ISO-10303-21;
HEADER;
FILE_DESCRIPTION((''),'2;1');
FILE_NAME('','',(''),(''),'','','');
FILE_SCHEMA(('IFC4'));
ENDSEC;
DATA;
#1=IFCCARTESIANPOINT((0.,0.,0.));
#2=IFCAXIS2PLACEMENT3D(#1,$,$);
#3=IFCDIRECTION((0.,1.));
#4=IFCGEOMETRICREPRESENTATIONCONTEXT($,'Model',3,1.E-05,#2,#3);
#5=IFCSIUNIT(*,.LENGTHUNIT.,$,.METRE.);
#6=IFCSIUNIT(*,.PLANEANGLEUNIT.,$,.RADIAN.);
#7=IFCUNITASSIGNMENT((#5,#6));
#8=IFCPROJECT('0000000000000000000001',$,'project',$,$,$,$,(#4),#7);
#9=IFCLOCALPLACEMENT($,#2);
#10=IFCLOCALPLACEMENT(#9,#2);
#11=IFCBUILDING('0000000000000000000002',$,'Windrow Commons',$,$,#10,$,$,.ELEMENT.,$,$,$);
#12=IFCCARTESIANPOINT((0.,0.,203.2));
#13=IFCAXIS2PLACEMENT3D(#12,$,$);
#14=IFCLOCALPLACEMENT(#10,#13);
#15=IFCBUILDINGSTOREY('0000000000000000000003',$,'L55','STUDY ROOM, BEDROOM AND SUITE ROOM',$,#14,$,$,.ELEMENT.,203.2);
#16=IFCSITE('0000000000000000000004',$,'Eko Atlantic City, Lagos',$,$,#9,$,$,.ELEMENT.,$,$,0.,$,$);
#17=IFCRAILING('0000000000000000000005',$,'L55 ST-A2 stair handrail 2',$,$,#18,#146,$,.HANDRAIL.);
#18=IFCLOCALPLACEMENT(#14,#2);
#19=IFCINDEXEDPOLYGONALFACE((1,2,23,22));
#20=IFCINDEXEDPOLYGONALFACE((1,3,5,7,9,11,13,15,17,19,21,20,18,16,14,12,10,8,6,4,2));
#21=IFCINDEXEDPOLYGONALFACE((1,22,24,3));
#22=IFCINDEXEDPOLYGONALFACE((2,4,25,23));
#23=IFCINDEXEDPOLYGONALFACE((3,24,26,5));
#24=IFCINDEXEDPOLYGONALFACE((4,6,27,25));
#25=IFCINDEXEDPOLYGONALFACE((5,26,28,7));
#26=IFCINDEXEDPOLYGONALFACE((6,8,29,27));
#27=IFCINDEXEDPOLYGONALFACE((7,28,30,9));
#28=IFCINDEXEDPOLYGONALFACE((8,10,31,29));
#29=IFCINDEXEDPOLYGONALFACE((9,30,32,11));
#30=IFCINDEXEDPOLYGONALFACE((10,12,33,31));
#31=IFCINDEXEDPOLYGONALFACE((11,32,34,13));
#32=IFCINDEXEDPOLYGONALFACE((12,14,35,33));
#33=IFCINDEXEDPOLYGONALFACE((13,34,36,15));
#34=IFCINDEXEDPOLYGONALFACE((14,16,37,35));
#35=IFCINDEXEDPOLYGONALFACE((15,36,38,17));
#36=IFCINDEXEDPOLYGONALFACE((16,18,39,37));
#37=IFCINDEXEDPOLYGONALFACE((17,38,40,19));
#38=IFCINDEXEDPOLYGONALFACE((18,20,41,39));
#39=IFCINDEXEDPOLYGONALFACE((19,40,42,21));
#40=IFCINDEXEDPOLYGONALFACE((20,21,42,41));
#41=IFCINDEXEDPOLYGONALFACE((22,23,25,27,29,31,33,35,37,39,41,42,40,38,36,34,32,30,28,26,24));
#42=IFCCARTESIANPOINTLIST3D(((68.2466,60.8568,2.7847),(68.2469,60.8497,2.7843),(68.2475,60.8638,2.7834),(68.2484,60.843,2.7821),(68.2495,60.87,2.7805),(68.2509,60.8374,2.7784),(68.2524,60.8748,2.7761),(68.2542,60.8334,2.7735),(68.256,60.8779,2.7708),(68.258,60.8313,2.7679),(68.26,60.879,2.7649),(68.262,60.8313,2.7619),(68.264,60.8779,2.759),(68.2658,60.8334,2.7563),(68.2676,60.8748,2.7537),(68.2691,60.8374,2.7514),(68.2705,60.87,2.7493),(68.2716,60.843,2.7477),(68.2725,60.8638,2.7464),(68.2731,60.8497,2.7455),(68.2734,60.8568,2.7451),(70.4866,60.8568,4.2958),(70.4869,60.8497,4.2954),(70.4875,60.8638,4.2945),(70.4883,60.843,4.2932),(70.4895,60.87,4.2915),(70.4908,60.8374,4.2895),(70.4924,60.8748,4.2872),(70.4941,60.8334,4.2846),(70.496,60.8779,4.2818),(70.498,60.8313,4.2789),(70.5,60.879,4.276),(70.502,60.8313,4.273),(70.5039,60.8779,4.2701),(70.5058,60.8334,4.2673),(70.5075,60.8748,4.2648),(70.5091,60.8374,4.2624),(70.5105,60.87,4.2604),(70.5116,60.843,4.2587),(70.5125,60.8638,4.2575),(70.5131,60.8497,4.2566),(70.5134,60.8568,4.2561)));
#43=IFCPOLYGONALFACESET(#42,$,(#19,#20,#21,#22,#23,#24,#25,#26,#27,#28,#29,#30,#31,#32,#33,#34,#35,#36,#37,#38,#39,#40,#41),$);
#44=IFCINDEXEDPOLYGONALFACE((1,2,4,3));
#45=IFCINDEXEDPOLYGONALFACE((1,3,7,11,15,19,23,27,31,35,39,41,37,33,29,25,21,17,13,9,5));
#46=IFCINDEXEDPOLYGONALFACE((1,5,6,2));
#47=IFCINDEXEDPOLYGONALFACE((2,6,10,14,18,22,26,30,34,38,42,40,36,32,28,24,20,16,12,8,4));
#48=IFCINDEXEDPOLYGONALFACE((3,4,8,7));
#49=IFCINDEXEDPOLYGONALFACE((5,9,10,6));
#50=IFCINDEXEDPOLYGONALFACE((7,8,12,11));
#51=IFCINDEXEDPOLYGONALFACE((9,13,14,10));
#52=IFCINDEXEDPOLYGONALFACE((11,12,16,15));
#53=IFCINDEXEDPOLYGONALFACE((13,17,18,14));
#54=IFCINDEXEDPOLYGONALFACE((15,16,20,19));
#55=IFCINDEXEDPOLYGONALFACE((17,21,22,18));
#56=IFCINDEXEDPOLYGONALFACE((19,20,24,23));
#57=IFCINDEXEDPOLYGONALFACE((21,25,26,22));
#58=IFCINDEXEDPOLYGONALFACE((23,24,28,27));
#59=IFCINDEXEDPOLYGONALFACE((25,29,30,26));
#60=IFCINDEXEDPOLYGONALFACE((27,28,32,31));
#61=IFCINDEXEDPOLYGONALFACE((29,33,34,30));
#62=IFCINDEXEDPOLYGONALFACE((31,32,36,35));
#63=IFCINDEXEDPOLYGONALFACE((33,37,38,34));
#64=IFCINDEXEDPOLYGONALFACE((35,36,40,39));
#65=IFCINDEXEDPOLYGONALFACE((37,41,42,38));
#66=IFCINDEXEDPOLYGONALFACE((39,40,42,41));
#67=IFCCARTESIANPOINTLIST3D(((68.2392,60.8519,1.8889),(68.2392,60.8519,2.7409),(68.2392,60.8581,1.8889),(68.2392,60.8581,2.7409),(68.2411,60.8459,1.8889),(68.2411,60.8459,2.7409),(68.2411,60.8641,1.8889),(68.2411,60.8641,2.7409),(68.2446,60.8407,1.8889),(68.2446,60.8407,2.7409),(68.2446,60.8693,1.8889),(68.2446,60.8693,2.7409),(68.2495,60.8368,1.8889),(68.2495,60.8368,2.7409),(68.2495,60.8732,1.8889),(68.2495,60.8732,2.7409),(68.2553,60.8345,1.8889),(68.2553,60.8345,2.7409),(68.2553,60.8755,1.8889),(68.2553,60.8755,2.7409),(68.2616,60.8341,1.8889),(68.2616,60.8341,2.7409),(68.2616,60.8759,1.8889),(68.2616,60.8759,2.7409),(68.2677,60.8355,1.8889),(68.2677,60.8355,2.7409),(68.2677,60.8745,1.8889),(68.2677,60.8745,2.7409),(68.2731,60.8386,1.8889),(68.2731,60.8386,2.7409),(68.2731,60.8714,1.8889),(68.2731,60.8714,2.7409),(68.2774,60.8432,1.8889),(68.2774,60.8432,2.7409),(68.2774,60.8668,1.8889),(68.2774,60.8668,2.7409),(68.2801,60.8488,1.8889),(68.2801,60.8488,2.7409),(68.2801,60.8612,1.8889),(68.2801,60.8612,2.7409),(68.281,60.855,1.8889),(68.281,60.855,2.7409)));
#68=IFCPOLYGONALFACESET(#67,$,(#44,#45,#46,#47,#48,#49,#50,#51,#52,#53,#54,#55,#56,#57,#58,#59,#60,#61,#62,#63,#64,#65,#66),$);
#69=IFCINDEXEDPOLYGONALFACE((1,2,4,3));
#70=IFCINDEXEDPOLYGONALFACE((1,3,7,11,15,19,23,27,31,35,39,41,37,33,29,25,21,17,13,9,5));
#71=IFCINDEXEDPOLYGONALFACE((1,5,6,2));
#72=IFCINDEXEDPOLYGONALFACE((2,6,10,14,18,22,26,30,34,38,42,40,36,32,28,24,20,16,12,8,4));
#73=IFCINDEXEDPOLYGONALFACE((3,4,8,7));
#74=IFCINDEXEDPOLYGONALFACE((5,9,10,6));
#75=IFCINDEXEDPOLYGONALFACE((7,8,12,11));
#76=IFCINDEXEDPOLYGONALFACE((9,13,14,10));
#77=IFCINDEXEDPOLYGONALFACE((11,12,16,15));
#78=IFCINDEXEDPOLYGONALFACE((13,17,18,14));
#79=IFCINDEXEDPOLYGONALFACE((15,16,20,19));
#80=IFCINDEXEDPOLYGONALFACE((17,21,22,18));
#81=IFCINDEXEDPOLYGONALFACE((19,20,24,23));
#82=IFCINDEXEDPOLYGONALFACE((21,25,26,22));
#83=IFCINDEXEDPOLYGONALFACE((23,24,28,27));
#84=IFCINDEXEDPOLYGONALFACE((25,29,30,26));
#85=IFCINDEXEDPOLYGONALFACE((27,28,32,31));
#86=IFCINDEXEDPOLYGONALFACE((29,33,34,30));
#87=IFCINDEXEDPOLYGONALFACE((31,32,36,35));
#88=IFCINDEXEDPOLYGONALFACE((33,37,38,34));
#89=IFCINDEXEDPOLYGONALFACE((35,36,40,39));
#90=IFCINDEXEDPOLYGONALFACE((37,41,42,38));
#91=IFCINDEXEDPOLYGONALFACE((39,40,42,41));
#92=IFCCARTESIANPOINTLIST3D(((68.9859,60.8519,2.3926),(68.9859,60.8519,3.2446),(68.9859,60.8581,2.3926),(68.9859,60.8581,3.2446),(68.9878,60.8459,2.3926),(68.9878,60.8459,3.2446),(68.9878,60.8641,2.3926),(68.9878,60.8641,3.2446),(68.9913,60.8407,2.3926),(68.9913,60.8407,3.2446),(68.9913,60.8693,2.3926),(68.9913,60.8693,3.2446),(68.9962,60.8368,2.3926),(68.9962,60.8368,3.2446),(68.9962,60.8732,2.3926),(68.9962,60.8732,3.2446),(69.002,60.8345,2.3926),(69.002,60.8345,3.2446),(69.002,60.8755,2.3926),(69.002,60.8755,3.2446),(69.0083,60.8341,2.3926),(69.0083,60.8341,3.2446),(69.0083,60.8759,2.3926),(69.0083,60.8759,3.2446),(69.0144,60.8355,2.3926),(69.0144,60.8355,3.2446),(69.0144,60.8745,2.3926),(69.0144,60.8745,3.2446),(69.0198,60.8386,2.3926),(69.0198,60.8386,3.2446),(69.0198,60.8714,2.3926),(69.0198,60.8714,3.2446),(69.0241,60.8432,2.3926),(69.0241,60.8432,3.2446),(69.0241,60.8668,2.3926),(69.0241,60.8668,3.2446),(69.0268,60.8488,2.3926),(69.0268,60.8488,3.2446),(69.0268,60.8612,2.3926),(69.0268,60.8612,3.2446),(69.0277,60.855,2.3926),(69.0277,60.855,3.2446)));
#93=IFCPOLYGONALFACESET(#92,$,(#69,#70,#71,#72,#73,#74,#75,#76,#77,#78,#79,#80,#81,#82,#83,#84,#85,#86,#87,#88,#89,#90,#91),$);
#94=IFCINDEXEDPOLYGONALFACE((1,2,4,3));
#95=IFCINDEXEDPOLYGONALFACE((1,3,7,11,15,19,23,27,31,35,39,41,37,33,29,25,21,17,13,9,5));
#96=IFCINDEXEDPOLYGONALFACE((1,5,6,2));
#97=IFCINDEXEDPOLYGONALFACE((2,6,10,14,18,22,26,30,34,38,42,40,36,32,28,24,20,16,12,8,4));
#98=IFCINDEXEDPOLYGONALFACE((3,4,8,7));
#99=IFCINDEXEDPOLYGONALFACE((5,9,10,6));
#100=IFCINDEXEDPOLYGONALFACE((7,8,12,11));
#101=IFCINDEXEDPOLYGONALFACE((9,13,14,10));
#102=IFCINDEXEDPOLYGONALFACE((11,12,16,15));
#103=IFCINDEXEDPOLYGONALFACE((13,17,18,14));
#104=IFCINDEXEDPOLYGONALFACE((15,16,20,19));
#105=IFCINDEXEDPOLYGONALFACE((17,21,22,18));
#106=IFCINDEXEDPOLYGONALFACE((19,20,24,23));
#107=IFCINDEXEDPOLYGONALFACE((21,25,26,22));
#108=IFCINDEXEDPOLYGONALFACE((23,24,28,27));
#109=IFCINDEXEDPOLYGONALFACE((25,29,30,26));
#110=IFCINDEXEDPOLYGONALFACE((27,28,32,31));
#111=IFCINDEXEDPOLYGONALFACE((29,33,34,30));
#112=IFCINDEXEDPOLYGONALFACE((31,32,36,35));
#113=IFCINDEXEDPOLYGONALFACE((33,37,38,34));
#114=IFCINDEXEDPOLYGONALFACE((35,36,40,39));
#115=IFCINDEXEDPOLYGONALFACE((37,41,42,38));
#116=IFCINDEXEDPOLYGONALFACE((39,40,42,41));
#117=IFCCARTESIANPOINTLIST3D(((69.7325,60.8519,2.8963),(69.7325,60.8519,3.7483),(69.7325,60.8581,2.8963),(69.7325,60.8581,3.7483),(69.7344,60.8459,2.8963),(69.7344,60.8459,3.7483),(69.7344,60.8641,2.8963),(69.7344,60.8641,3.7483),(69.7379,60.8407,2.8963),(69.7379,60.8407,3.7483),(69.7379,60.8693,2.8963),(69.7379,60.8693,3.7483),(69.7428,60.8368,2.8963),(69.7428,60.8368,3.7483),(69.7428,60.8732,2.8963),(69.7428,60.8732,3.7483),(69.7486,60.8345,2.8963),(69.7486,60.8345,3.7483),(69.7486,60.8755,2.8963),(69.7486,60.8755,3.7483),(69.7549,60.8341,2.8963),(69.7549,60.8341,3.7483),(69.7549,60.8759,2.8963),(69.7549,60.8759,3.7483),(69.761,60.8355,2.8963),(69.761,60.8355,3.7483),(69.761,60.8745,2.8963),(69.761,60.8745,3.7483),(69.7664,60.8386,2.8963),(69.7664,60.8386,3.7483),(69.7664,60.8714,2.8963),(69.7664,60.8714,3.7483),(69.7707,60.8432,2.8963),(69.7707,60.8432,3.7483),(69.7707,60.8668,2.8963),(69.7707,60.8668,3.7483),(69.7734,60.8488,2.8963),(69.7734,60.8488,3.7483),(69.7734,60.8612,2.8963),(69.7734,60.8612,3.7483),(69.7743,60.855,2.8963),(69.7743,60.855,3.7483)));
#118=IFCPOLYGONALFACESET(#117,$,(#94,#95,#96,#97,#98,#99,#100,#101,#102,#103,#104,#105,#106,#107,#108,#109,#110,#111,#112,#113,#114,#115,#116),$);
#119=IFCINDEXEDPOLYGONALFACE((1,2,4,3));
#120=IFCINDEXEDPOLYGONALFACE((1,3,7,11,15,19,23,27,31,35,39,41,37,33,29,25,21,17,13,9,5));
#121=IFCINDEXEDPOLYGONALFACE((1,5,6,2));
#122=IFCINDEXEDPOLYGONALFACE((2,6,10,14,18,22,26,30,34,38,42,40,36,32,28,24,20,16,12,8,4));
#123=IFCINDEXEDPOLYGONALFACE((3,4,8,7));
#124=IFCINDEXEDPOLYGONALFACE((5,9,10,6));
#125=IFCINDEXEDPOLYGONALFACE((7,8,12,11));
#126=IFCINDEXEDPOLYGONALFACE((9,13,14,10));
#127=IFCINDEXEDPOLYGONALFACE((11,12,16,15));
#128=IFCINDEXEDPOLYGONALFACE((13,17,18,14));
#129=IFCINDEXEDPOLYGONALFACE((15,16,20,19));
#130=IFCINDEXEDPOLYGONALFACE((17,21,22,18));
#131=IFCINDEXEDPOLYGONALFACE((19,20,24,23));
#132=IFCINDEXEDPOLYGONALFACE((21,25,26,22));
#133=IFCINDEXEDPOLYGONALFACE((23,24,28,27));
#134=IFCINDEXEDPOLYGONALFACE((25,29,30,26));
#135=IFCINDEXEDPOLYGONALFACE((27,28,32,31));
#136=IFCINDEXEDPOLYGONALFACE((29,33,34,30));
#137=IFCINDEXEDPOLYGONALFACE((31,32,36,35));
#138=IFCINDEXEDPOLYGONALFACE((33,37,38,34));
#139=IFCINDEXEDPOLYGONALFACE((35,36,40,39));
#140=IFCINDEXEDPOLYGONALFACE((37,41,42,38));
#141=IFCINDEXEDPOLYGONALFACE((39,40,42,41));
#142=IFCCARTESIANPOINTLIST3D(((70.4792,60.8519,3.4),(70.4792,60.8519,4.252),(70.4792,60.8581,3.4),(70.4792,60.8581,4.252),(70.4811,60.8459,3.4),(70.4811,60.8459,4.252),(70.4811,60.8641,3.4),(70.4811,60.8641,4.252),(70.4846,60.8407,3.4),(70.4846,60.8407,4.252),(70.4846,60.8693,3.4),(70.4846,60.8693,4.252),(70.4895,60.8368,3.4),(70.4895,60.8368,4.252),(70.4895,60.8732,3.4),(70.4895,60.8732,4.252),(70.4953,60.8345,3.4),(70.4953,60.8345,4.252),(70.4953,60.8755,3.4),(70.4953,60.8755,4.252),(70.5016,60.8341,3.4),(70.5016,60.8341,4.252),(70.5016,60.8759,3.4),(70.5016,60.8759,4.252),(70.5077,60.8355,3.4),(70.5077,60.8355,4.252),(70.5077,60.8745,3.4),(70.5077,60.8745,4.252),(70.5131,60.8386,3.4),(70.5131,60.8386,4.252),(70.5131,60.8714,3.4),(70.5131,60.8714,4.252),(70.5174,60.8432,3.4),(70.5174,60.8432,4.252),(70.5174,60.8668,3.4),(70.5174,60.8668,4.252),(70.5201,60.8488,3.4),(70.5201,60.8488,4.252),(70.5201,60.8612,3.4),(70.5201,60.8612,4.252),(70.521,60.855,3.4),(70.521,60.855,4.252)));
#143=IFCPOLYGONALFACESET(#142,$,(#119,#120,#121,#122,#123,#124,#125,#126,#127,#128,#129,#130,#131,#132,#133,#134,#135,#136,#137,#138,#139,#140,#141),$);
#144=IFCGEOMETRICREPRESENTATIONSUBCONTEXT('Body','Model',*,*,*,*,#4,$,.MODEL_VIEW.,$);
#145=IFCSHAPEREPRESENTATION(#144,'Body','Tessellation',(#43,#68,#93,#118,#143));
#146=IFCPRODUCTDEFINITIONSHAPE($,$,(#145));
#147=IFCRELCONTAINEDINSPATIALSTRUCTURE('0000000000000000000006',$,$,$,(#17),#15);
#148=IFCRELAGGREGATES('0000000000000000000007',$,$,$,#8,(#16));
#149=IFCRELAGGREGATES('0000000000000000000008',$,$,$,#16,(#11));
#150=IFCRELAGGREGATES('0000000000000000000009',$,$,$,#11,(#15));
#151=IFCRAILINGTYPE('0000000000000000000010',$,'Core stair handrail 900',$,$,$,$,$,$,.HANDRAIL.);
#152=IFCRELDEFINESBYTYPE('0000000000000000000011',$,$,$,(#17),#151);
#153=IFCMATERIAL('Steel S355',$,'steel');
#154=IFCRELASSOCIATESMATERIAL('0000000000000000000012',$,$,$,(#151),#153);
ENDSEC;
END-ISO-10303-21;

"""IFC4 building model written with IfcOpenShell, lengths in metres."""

from ifc_helpers import new_model, si_unit, direction, frame, origin, origin_2d, place, context, subcontext, project, spatial, circle, extrude, material, type_object, element, save


model = new_model("IFC4")

# Units and contexts
model_context = context("Model", 3, precision=1e-05, world=origin(), true_north=direction((0.0, 1.0)))
body_context = subcontext(model_context, "Body", "Model", "MODEL_VIEW")
ifc_project = project(units=[si_unit("LENGTHUNIT", "METRE"), si_unit("PLANEANGLEUNIT", "RADIAN")], contexts=[model_context])

# Site, building, storey
site_placement = place(None, origin())
site = spatial("IfcSite", under=ifc_project, at=site_placement, Name="Eko Atlantic City, Lagos", CompositionType="ELEMENT", RefElevation=0.0)
building_placement = place(site_placement, origin())
building = spatial("IfcBuilding", under=site, at=building_placement, Name="Windrow Commons", CompositionType="ELEMENT")
storey_placement = place(building_placement, frame((0.0, 0.0, 203.2)))
storey = spatial("IfcBuildingStorey", under=building, at=storey_placement, Name="L55", Description="STUDY ROOM, BEDROOM AND SUITE ROOM", CompositionType="ELEMENT", Elevation=203.2)

# Railing
ifc_material_1 = material(Name="Steel S355", Category="steel")
railing_type_1 = type_object("IfcRailingType", Name="Core stair handrail 900", PredefinedType="HANDRAIL", material=ifc_material_1)
railing_1_placement = place(storey_placement, frame((68.26, 60.855, 1.8889)))
element("IfcRailing", 1, at=railing_1_placement, inside=storey, type_object=railing_type_1, Name="L55 ST-A2 stair handrail 2", PredefinedType="HANDRAIL", context=body_context, shape_type="SweptSolid", body=[
    extrude(circle(Radius=0.024, at=origin_2d()), frame((0.0, 0.0, 0.876), z_axis=(0.829003, 0.0, 0.559244), x_axis=(0.0, 1.0, 0.0)), (0.0, 0.0, 1.0), 2.702),
    extrude(circle(Radius=0.021, at=origin_2d()), origin(), (0.0, 0.0, 1.0), 0.852),
    extrude(circle(Radius=0.021, at=origin_2d()), frame((0.7467, 0.0, 0.5037)), (0.0, 0.0, 1.0), 0.852),
    extrude(circle(Radius=0.021, at=origin_2d()), frame((1.4933, 0.0, 1.0074)), (0.0, 0.0, 1.0), 0.852),
    extrude(circle(Radius=0.021, at=origin_2d()), frame((2.24, 0.0, 1.5111)), (0.0, 0.0, 1.0), 0.852),
])

save(model, "model.ifc")
